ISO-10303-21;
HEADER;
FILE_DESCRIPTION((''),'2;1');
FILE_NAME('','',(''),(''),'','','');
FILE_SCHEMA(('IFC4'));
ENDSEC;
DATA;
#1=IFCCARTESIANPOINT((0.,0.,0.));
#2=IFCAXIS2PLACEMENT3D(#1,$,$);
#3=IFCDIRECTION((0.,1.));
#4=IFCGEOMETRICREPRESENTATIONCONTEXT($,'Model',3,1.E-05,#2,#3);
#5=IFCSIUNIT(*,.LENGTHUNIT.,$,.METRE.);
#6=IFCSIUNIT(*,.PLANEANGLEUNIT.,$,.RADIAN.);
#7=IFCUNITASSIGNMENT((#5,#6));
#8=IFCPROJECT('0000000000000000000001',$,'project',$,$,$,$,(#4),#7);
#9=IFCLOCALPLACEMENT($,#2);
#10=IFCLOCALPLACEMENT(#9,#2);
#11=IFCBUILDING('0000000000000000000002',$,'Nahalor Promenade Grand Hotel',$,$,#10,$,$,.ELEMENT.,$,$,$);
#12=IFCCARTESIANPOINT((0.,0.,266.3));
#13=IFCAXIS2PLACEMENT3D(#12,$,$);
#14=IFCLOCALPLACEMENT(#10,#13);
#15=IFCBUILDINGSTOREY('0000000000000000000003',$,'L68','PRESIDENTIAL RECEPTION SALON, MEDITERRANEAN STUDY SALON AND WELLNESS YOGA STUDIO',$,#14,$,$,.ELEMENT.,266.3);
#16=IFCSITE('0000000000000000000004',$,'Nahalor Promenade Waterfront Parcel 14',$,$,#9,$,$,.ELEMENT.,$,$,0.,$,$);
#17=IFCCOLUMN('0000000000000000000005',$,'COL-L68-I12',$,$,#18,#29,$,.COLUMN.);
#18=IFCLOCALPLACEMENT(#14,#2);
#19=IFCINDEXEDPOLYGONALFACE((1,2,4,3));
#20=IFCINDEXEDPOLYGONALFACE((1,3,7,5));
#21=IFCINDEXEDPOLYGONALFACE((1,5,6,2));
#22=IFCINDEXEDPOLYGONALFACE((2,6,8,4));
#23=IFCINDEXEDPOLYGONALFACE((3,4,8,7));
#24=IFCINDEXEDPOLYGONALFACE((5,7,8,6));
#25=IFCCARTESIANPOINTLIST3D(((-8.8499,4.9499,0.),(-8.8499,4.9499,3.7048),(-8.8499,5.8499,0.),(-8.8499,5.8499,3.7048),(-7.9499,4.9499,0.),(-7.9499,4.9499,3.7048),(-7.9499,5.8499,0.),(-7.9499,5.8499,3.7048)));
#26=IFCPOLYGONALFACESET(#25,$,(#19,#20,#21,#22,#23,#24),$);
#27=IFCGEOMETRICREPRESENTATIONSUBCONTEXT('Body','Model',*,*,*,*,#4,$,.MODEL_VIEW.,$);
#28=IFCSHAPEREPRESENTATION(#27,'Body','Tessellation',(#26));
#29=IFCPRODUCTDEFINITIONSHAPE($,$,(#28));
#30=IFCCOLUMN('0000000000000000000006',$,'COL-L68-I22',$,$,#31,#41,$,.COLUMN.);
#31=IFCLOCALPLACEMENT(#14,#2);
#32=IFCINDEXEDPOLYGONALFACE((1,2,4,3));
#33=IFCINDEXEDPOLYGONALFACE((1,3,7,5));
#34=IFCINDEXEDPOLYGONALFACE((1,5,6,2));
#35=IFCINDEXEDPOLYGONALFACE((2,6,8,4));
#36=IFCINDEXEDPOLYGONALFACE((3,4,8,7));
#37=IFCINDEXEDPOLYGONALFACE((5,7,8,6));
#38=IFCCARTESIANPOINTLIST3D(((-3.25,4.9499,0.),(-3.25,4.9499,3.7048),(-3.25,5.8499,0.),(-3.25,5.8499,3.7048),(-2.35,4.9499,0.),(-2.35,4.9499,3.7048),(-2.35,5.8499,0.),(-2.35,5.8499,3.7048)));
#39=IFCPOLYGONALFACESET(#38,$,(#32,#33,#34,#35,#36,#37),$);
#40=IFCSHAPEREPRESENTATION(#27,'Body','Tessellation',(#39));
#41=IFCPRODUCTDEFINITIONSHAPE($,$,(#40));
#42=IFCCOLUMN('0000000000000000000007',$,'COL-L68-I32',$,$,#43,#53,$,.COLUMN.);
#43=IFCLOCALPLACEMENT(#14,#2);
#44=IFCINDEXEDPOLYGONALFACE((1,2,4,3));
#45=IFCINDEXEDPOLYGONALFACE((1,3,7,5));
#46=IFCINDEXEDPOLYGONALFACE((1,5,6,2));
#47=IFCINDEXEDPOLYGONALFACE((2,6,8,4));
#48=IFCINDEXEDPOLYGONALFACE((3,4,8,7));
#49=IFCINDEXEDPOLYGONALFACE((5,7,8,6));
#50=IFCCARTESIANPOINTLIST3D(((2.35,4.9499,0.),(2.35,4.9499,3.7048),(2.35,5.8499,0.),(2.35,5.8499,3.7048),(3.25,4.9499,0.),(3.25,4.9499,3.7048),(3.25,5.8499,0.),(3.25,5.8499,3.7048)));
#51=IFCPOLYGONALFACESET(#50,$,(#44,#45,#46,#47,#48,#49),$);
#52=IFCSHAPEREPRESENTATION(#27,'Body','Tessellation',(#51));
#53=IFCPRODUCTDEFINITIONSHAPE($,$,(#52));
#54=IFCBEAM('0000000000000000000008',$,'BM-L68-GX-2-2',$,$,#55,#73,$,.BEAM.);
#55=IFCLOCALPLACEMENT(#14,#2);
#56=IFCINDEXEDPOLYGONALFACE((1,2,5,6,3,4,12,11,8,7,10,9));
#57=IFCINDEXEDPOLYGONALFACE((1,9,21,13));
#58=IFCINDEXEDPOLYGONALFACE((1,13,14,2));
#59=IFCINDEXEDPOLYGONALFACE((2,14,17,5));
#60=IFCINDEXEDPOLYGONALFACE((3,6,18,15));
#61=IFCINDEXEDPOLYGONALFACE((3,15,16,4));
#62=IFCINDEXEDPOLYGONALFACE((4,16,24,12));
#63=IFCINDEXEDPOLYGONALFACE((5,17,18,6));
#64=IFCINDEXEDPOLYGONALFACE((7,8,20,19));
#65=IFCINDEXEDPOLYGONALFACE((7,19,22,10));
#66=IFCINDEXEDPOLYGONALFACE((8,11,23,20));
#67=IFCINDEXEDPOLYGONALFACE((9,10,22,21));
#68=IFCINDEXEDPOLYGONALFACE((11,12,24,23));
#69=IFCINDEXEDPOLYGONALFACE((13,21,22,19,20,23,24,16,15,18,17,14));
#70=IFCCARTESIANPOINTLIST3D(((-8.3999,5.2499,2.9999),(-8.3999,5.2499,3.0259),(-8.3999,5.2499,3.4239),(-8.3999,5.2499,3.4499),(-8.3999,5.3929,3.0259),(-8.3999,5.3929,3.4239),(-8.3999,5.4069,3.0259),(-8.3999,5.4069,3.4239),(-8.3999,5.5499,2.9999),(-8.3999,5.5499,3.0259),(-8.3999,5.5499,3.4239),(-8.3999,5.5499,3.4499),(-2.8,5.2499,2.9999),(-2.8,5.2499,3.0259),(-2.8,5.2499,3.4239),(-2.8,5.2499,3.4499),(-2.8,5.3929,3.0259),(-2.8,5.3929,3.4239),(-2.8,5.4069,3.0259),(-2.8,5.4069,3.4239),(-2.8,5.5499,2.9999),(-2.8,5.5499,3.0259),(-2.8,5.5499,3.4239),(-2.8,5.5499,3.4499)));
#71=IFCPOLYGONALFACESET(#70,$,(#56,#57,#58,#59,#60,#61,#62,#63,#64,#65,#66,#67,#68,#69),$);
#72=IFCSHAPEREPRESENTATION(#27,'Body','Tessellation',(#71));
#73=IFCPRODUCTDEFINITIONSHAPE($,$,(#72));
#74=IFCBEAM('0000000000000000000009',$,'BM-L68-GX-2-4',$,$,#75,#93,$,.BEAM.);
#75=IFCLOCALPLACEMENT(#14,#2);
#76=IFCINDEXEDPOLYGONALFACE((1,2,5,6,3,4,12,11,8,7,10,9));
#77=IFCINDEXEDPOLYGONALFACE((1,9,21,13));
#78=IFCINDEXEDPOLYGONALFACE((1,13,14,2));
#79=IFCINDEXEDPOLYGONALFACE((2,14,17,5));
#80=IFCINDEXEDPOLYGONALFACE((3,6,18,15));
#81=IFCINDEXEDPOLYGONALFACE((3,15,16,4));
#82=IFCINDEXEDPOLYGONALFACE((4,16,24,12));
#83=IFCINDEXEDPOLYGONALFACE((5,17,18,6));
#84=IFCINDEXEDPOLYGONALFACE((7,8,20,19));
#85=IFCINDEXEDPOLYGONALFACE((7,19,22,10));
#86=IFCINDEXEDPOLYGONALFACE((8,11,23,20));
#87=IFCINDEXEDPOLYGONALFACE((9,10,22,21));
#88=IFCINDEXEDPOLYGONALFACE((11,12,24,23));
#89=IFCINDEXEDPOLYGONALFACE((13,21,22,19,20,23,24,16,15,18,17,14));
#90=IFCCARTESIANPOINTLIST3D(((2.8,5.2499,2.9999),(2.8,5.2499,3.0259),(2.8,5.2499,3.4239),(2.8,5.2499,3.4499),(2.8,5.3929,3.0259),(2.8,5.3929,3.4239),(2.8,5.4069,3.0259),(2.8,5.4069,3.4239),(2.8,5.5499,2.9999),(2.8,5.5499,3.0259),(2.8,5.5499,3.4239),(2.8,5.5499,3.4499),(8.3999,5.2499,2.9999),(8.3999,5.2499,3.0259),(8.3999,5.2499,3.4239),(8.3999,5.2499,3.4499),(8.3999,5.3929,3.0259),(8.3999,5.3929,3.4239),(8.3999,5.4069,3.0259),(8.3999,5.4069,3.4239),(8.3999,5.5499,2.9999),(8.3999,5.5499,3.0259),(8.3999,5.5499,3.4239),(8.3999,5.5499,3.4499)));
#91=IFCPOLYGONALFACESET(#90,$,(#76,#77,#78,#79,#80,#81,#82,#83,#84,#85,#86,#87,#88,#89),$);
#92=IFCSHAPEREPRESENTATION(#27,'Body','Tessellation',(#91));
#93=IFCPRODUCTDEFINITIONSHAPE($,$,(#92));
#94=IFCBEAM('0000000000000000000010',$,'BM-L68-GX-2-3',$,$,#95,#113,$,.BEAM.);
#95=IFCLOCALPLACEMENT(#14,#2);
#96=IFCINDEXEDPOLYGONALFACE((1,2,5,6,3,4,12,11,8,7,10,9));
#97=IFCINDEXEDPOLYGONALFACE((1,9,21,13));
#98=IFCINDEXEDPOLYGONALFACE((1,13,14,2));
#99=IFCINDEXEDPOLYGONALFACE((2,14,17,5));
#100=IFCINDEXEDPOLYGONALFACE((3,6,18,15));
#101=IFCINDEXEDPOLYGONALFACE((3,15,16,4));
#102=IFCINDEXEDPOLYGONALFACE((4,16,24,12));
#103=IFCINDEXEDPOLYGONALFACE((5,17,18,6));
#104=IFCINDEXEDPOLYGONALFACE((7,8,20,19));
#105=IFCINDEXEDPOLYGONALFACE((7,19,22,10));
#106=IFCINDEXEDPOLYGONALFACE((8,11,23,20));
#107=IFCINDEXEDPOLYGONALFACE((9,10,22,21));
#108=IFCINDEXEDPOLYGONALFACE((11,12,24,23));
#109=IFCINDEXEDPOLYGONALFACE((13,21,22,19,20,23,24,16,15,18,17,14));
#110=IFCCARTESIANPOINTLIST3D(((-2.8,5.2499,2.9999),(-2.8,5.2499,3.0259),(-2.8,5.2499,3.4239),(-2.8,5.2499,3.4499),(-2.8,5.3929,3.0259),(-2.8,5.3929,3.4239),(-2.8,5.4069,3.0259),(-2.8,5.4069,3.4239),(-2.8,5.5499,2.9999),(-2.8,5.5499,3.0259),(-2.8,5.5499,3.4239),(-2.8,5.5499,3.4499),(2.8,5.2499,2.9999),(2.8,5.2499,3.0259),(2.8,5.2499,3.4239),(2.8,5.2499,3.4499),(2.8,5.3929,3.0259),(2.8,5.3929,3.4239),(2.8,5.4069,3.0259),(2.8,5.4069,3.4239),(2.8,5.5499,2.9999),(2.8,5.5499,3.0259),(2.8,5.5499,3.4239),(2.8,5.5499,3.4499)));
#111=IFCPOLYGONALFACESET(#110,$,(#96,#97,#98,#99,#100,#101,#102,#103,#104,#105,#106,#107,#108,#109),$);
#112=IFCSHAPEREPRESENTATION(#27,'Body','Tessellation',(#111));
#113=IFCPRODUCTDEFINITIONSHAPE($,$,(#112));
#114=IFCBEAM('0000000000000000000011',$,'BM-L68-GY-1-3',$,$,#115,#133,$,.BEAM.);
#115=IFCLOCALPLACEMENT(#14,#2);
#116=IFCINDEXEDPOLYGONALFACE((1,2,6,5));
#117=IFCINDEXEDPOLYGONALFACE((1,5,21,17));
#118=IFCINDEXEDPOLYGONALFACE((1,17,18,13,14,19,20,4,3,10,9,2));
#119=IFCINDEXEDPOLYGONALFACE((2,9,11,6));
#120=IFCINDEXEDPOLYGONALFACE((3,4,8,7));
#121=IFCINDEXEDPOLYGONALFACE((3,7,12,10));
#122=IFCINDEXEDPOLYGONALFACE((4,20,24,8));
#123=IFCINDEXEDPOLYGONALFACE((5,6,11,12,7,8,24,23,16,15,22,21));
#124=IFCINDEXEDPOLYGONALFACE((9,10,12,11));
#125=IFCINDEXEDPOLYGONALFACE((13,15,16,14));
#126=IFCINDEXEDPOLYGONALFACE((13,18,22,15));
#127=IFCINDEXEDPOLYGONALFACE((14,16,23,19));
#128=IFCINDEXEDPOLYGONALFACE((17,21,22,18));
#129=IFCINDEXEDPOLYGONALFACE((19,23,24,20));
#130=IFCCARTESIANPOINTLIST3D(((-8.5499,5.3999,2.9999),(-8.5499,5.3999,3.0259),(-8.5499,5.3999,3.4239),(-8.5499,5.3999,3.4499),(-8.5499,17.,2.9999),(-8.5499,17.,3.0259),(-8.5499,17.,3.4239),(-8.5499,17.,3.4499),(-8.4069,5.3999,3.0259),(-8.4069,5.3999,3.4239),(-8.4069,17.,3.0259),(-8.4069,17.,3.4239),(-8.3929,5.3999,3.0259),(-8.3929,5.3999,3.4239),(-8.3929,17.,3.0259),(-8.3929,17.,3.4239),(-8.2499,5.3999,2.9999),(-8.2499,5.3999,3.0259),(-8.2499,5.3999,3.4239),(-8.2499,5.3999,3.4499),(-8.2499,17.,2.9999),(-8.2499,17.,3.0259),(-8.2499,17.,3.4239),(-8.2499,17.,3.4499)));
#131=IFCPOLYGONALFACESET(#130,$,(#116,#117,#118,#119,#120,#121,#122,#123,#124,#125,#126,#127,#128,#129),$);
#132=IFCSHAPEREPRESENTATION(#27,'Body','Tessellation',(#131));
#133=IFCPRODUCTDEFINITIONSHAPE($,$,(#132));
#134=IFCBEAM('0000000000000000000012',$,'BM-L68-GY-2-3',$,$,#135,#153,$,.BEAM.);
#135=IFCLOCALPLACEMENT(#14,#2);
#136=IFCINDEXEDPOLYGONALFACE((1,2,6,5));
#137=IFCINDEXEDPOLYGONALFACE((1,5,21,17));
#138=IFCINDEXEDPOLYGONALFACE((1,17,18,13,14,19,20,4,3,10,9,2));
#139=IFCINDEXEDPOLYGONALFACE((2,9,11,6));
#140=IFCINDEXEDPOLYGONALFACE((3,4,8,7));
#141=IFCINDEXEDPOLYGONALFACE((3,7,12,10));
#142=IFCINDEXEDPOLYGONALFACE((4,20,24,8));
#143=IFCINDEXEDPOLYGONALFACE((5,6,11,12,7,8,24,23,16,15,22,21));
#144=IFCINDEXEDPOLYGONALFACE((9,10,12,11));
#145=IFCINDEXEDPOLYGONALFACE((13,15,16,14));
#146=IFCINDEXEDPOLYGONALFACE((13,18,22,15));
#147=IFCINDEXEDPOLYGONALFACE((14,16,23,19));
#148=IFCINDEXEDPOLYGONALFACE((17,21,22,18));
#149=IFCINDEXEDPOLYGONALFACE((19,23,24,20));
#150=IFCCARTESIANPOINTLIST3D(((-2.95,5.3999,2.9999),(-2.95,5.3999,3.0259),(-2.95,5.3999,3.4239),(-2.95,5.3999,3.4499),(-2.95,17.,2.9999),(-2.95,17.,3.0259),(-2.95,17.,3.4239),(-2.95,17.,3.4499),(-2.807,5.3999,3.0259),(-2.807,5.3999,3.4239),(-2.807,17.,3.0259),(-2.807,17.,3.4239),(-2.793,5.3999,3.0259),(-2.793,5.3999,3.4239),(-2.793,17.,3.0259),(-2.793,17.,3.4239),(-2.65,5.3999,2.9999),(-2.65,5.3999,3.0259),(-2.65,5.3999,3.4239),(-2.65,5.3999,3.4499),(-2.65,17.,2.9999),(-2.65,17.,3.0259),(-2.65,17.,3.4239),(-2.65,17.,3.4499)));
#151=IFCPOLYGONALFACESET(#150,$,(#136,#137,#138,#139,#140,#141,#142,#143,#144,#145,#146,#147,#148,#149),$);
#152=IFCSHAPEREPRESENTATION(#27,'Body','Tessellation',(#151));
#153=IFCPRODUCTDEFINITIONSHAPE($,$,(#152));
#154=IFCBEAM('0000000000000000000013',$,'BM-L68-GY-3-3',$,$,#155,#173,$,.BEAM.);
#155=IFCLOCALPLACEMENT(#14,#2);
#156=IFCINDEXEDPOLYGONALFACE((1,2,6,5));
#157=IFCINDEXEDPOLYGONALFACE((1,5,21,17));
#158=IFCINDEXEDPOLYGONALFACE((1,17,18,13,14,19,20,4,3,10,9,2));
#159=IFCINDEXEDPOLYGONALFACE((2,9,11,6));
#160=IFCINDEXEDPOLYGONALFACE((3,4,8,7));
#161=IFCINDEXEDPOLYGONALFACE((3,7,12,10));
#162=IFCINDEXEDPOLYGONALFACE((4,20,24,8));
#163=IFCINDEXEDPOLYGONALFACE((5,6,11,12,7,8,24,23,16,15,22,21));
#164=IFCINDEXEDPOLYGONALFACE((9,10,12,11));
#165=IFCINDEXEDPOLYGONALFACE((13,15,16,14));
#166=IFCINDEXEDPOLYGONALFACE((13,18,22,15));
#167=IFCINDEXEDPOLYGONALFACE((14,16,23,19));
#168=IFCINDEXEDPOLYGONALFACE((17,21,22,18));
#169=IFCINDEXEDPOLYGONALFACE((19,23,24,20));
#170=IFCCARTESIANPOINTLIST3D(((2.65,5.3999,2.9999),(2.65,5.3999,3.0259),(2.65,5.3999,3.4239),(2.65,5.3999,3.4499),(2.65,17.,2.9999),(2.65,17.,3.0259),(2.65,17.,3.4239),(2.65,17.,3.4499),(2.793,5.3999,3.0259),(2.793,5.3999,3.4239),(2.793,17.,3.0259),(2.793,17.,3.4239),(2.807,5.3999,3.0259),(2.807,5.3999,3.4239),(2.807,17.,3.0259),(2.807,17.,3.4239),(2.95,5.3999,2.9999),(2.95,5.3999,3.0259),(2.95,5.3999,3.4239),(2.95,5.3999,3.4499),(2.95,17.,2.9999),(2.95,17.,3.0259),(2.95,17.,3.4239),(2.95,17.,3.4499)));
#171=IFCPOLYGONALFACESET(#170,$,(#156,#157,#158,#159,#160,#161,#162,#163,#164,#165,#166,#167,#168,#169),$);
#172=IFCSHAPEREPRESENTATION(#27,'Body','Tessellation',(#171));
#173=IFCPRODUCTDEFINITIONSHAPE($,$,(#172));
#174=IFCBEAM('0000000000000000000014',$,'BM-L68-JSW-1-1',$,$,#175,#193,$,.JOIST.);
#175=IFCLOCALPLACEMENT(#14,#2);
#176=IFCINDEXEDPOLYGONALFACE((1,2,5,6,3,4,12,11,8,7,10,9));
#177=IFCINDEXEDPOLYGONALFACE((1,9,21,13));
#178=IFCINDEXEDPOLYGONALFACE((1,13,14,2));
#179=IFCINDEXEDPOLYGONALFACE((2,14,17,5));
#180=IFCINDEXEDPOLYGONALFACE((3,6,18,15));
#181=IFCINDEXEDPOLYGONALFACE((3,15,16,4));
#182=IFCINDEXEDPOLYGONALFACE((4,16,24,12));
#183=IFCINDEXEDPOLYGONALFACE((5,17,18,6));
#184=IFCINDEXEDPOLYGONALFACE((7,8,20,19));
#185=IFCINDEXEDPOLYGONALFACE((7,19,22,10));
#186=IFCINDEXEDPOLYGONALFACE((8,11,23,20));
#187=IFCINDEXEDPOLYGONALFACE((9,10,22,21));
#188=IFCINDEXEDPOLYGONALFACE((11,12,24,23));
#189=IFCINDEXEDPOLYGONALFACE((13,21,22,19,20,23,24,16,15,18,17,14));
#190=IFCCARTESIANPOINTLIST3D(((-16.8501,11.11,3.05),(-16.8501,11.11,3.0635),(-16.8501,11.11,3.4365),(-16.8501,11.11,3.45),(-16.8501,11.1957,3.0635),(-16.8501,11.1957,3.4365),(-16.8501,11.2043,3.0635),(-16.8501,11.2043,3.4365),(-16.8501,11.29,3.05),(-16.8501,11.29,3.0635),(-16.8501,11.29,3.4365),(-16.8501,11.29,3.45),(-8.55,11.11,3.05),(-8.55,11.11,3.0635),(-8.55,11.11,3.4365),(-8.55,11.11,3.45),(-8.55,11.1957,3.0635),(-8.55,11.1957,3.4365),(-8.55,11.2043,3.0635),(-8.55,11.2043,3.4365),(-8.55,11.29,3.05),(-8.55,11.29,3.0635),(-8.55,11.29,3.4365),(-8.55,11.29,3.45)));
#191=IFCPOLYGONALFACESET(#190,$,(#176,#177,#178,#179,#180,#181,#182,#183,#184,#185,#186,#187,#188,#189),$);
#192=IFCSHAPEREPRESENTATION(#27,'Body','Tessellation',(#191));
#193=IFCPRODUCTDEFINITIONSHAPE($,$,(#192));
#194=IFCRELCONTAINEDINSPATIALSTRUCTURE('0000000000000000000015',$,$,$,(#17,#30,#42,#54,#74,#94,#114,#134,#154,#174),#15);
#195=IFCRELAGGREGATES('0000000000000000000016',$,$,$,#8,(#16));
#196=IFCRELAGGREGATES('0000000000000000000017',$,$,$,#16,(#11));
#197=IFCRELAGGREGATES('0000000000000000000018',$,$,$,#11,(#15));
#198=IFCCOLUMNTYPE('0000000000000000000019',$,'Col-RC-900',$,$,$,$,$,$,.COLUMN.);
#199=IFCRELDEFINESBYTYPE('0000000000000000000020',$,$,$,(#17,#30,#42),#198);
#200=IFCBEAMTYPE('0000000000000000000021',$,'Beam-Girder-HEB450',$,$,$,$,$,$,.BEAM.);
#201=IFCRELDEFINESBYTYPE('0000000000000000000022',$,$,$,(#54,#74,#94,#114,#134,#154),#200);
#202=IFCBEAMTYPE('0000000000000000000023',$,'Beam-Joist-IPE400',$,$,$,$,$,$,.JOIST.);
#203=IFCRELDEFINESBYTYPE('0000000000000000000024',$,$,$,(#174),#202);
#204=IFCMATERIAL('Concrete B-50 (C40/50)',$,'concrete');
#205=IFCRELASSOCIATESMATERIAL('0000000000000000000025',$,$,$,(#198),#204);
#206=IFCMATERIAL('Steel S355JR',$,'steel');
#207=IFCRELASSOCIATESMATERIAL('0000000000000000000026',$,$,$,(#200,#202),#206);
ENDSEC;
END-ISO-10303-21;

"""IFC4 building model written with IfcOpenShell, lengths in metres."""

from ifc_helpers import new_model, si_unit, direction, frame, origin, origin_2d, place, context, subcontext, project, spatial, rectangle, i_section, extrude, source, transform, mapped, material, material_profile, profile_set, type_object, element, save


model = new_model("IFC4")

# Units and contexts
model_context = context("Model", 3, precision=1e-05, world=origin(), true_north=direction((0.0, 1.0)))
body_context = subcontext(model_context, "Body", "Model", "MODEL_VIEW")
ifc_project = project(units=[si_unit("LENGTHUNIT", "METRE"), si_unit("PLANEANGLEUNIT", "RADIAN")], contexts=[model_context])

# Site, building, storey
site_placement = place(None, origin())
site = spatial("IfcSite", under=ifc_project, at=site_placement, Name="Nahalor Promenade Waterfront Parcel 14", CompositionType="ELEMENT", RefElevation=0.0)
building_placement = place(site_placement, origin())
building = spatial("IfcBuilding", under=site, at=building_placement, Name="Nahalor Promenade Grand Hotel", CompositionType="ELEMENT")
storey_placement = place(building_placement, frame((0.0, 0.0, 266.3)))
storey = spatial("IfcBuildingStorey", under=building, at=storey_placement, Name="L68", Description="PRESIDENTIAL RECEPTION SALON, MEDITERRANEAN STUDY SALON AND WELLNESS YOGA STUDIO", CompositionType="ELEMENT", Elevation=266.3)

# Columns
ifc_material_1 = material(Name="Concrete B-50 (C40/50)", Category="concrete")
ifc_material_profile_1 = material_profile(ifc_material_1, rectangle(XDim=0.9, YDim=0.9, at=origin_2d()), Name="RC 900x900")
ifc_profile_set_1 = profile_set([ifc_material_profile_1], Name="Concrete B-50 (C40/50)")
column_type = type_object("IfcColumnType", Name="Col-RC-900", PredefinedType="COLUMN", material=ifc_profile_set_1)
shared_shape_1 = source(origin(), body_context, "Body", "SweptSolid", [
    extrude(rectangle(XDim=0.9, YDim=0.9, at=origin_2d()), origin(), (0.0, 0.0, 1.0), 3.7048),
])
for number, where, z_axis, x_axis, name in (
    (1, (-8.3999, 5.3999, 0.0), (0.0, 0.0, 1.0), (1.0, 0.0, 0.0), "COL-L68-I12"),
    (2, (-2.8, 5.3999, 0.0), (0.0, 0.0, 1.0), (1.0, 0.0, 0.0), "COL-L68-I22"),
    (3, (2.8, 5.3999, 0.0), (0.0, 0.0, 1.0), (1.0, 0.0, 0.0), "COL-L68-I32"),
):
    element("IfcColumn", number, at=place(storey_placement, frame(where, z_axis=z_axis, x_axis=x_axis)), inside=storey, type_object=column_type, Name=name, PredefinedType="COLUMN", context=body_context, shape_type="MappedRepresentation", body=[
        mapped(shared_shape_1, transform((0.0, 0.0, 0.0), scale=1.0)),
    ])

# Beams
ifc_material_2 = material(Name="Steel S355JR", Category="steel")
ifc_material_profile_2 = material_profile(ifc_material_2, i_section(OverallWidth=0.3, OverallDepth=0.45, WebThickness=0.014, FlangeThickness=0.026, at=origin_2d()), Name="HEB 450")
ifc_profile_set_2 = profile_set([ifc_material_profile_2], Name="Steel S355JR")
beam_type_1 = type_object("IfcBeamType", Name="Beam-Girder-HEB450", PredefinedType="BEAM", material=ifc_profile_set_2)
shared_shape_2 = source(origin(), body_context, "Body", "SweptSolid", [
    extrude(i_section(OverallWidth=0.3, OverallDepth=0.45, WebThickness=0.014, FlangeThickness=0.026, at=origin_2d()), origin(), (0.0, 0.0, 1.0), 5.5999),
])
for number, where, z_axis, x_axis, name in (
    (4, (-8.3999, 5.3999, 3.2249), (1.0, 0.0, 0.0), (0.0, 1.0, 0.0), "BM-L68-GX-2-2"),
    (5, (2.8, 5.3999, 3.2249), (1.0, 0.0, 0.0), (0.0, 1.0, 0.0), "BM-L68-GX-2-4"),
):
    element("IfcBeam", number, at=place(storey_placement, frame(where, z_axis=z_axis, x_axis=x_axis)), inside=storey, type_object=beam_type_1, Name=name, PredefinedType="BEAM", context=body_context, shape_type="MappedRepresentation", body=[
        mapped(shared_shape_2, transform((0.0, 0.0, 0.0), scale=1.0)),
    ])
shared_shape_3 = source(origin(), body_context, "Body", "SweptSolid", [
    extrude(i_section(OverallWidth=0.3, OverallDepth=0.45, WebThickness=0.014, FlangeThickness=0.026, at=origin_2d()), origin(), (0.0, 0.0, 1.0), 5.6001),
])
beam_placement = place(storey_placement, frame((-2.8, 5.3999, 3.2249), z_axis=(1.0, 0.0, 0.0), x_axis=(0.0, 1.0, 0.0)))
element("IfcBeam", 6, at=beam_placement, inside=storey, type_object=beam_type_1, Name="BM-L68-GX-2-3", PredefinedType="BEAM", context=body_context, shape_type="MappedRepresentation", body=[
    mapped(shared_shape_3, transform((0.0, 0.0, 0.0), scale=1.0)),
])
shared_shape_4 = source(origin(), body_context, "Body", "SweptSolid", [
    extrude(i_section(OverallWidth=0.3, OverallDepth=0.45, WebThickness=0.014, FlangeThickness=0.026, at=origin_2d()), origin(), (0.0, 0.0, 1.0), 11.6001),
])
for number, where, z_axis, x_axis, name in (
    (7, (-8.3999, 5.3999, 3.2249), (0.0, 1.0, 0.0), (-1.0, 0.0, 0.0), "BM-L68-GY-1-3"),
    (8, (-2.8, 5.3999, 3.2249), (0.0, 1.0, 0.0), (-1.0, 0.0, 0.0), "BM-L68-GY-2-3"),
    (9, (2.8, 5.3999, 3.2249), (0.0, 1.0, 0.0), (-1.0, 0.0, 0.0), "BM-L68-GY-3-3"),
):
    element("IfcBeam", number, at=place(storey_placement, frame(where, z_axis=z_axis, x_axis=x_axis)), inside=storey, type_object=beam_type_1, Name=name, PredefinedType="BEAM", context=body_context, shape_type="MappedRepresentation", body=[
        mapped(shared_shape_4, transform((0.0, 0.0, 0.0), scale=1.0)),
    ])
ifc_material_profile_3 = material_profile(ifc_material_2, i_section(OverallWidth=0.18, OverallDepth=0.4, WebThickness=0.0086, FlangeThickness=0.0135, at=origin_2d()), Name="IPE 400")
ifc_profile_set_3 = profile_set([ifc_material_profile_3], Name="Steel S355JR")
beam_type_2 = type_object("IfcBeamType", Name="Beam-Joist-IPE400", PredefinedType="JOIST", material=ifc_profile_set_3)
shared_shape_5 = source(origin(), body_context, "Body", "SweptSolid", [
    extrude(i_section(OverallWidth=0.18, OverallDepth=0.4, WebThickness=0.0086, FlangeThickness=0.0135, at=origin_2d()), origin(), (0.0, 0.0, 1.0), 8.3),
])
for number, where, z_axis, x_axis, name in (
    (10, (-16.8501, 11.2, 3.25), (1.0, 0.0, 0.0), (0.0, 1.0, 0.0), "BM-L68-JSW-1-1"),
):
    element("IfcBeam", number, at=place(storey_placement, frame(where, z_axis=z_axis, x_axis=x_axis)), inside=storey, type_object=beam_type_2, Name=name, PredefinedType="JOIST", context=body_context, shape_type="MappedRepresentation", body=[
        mapped(shared_shape_5, transform((0.0, 0.0, 0.0), scale=1.0)),
    ])

save(model, "model.ifc")
